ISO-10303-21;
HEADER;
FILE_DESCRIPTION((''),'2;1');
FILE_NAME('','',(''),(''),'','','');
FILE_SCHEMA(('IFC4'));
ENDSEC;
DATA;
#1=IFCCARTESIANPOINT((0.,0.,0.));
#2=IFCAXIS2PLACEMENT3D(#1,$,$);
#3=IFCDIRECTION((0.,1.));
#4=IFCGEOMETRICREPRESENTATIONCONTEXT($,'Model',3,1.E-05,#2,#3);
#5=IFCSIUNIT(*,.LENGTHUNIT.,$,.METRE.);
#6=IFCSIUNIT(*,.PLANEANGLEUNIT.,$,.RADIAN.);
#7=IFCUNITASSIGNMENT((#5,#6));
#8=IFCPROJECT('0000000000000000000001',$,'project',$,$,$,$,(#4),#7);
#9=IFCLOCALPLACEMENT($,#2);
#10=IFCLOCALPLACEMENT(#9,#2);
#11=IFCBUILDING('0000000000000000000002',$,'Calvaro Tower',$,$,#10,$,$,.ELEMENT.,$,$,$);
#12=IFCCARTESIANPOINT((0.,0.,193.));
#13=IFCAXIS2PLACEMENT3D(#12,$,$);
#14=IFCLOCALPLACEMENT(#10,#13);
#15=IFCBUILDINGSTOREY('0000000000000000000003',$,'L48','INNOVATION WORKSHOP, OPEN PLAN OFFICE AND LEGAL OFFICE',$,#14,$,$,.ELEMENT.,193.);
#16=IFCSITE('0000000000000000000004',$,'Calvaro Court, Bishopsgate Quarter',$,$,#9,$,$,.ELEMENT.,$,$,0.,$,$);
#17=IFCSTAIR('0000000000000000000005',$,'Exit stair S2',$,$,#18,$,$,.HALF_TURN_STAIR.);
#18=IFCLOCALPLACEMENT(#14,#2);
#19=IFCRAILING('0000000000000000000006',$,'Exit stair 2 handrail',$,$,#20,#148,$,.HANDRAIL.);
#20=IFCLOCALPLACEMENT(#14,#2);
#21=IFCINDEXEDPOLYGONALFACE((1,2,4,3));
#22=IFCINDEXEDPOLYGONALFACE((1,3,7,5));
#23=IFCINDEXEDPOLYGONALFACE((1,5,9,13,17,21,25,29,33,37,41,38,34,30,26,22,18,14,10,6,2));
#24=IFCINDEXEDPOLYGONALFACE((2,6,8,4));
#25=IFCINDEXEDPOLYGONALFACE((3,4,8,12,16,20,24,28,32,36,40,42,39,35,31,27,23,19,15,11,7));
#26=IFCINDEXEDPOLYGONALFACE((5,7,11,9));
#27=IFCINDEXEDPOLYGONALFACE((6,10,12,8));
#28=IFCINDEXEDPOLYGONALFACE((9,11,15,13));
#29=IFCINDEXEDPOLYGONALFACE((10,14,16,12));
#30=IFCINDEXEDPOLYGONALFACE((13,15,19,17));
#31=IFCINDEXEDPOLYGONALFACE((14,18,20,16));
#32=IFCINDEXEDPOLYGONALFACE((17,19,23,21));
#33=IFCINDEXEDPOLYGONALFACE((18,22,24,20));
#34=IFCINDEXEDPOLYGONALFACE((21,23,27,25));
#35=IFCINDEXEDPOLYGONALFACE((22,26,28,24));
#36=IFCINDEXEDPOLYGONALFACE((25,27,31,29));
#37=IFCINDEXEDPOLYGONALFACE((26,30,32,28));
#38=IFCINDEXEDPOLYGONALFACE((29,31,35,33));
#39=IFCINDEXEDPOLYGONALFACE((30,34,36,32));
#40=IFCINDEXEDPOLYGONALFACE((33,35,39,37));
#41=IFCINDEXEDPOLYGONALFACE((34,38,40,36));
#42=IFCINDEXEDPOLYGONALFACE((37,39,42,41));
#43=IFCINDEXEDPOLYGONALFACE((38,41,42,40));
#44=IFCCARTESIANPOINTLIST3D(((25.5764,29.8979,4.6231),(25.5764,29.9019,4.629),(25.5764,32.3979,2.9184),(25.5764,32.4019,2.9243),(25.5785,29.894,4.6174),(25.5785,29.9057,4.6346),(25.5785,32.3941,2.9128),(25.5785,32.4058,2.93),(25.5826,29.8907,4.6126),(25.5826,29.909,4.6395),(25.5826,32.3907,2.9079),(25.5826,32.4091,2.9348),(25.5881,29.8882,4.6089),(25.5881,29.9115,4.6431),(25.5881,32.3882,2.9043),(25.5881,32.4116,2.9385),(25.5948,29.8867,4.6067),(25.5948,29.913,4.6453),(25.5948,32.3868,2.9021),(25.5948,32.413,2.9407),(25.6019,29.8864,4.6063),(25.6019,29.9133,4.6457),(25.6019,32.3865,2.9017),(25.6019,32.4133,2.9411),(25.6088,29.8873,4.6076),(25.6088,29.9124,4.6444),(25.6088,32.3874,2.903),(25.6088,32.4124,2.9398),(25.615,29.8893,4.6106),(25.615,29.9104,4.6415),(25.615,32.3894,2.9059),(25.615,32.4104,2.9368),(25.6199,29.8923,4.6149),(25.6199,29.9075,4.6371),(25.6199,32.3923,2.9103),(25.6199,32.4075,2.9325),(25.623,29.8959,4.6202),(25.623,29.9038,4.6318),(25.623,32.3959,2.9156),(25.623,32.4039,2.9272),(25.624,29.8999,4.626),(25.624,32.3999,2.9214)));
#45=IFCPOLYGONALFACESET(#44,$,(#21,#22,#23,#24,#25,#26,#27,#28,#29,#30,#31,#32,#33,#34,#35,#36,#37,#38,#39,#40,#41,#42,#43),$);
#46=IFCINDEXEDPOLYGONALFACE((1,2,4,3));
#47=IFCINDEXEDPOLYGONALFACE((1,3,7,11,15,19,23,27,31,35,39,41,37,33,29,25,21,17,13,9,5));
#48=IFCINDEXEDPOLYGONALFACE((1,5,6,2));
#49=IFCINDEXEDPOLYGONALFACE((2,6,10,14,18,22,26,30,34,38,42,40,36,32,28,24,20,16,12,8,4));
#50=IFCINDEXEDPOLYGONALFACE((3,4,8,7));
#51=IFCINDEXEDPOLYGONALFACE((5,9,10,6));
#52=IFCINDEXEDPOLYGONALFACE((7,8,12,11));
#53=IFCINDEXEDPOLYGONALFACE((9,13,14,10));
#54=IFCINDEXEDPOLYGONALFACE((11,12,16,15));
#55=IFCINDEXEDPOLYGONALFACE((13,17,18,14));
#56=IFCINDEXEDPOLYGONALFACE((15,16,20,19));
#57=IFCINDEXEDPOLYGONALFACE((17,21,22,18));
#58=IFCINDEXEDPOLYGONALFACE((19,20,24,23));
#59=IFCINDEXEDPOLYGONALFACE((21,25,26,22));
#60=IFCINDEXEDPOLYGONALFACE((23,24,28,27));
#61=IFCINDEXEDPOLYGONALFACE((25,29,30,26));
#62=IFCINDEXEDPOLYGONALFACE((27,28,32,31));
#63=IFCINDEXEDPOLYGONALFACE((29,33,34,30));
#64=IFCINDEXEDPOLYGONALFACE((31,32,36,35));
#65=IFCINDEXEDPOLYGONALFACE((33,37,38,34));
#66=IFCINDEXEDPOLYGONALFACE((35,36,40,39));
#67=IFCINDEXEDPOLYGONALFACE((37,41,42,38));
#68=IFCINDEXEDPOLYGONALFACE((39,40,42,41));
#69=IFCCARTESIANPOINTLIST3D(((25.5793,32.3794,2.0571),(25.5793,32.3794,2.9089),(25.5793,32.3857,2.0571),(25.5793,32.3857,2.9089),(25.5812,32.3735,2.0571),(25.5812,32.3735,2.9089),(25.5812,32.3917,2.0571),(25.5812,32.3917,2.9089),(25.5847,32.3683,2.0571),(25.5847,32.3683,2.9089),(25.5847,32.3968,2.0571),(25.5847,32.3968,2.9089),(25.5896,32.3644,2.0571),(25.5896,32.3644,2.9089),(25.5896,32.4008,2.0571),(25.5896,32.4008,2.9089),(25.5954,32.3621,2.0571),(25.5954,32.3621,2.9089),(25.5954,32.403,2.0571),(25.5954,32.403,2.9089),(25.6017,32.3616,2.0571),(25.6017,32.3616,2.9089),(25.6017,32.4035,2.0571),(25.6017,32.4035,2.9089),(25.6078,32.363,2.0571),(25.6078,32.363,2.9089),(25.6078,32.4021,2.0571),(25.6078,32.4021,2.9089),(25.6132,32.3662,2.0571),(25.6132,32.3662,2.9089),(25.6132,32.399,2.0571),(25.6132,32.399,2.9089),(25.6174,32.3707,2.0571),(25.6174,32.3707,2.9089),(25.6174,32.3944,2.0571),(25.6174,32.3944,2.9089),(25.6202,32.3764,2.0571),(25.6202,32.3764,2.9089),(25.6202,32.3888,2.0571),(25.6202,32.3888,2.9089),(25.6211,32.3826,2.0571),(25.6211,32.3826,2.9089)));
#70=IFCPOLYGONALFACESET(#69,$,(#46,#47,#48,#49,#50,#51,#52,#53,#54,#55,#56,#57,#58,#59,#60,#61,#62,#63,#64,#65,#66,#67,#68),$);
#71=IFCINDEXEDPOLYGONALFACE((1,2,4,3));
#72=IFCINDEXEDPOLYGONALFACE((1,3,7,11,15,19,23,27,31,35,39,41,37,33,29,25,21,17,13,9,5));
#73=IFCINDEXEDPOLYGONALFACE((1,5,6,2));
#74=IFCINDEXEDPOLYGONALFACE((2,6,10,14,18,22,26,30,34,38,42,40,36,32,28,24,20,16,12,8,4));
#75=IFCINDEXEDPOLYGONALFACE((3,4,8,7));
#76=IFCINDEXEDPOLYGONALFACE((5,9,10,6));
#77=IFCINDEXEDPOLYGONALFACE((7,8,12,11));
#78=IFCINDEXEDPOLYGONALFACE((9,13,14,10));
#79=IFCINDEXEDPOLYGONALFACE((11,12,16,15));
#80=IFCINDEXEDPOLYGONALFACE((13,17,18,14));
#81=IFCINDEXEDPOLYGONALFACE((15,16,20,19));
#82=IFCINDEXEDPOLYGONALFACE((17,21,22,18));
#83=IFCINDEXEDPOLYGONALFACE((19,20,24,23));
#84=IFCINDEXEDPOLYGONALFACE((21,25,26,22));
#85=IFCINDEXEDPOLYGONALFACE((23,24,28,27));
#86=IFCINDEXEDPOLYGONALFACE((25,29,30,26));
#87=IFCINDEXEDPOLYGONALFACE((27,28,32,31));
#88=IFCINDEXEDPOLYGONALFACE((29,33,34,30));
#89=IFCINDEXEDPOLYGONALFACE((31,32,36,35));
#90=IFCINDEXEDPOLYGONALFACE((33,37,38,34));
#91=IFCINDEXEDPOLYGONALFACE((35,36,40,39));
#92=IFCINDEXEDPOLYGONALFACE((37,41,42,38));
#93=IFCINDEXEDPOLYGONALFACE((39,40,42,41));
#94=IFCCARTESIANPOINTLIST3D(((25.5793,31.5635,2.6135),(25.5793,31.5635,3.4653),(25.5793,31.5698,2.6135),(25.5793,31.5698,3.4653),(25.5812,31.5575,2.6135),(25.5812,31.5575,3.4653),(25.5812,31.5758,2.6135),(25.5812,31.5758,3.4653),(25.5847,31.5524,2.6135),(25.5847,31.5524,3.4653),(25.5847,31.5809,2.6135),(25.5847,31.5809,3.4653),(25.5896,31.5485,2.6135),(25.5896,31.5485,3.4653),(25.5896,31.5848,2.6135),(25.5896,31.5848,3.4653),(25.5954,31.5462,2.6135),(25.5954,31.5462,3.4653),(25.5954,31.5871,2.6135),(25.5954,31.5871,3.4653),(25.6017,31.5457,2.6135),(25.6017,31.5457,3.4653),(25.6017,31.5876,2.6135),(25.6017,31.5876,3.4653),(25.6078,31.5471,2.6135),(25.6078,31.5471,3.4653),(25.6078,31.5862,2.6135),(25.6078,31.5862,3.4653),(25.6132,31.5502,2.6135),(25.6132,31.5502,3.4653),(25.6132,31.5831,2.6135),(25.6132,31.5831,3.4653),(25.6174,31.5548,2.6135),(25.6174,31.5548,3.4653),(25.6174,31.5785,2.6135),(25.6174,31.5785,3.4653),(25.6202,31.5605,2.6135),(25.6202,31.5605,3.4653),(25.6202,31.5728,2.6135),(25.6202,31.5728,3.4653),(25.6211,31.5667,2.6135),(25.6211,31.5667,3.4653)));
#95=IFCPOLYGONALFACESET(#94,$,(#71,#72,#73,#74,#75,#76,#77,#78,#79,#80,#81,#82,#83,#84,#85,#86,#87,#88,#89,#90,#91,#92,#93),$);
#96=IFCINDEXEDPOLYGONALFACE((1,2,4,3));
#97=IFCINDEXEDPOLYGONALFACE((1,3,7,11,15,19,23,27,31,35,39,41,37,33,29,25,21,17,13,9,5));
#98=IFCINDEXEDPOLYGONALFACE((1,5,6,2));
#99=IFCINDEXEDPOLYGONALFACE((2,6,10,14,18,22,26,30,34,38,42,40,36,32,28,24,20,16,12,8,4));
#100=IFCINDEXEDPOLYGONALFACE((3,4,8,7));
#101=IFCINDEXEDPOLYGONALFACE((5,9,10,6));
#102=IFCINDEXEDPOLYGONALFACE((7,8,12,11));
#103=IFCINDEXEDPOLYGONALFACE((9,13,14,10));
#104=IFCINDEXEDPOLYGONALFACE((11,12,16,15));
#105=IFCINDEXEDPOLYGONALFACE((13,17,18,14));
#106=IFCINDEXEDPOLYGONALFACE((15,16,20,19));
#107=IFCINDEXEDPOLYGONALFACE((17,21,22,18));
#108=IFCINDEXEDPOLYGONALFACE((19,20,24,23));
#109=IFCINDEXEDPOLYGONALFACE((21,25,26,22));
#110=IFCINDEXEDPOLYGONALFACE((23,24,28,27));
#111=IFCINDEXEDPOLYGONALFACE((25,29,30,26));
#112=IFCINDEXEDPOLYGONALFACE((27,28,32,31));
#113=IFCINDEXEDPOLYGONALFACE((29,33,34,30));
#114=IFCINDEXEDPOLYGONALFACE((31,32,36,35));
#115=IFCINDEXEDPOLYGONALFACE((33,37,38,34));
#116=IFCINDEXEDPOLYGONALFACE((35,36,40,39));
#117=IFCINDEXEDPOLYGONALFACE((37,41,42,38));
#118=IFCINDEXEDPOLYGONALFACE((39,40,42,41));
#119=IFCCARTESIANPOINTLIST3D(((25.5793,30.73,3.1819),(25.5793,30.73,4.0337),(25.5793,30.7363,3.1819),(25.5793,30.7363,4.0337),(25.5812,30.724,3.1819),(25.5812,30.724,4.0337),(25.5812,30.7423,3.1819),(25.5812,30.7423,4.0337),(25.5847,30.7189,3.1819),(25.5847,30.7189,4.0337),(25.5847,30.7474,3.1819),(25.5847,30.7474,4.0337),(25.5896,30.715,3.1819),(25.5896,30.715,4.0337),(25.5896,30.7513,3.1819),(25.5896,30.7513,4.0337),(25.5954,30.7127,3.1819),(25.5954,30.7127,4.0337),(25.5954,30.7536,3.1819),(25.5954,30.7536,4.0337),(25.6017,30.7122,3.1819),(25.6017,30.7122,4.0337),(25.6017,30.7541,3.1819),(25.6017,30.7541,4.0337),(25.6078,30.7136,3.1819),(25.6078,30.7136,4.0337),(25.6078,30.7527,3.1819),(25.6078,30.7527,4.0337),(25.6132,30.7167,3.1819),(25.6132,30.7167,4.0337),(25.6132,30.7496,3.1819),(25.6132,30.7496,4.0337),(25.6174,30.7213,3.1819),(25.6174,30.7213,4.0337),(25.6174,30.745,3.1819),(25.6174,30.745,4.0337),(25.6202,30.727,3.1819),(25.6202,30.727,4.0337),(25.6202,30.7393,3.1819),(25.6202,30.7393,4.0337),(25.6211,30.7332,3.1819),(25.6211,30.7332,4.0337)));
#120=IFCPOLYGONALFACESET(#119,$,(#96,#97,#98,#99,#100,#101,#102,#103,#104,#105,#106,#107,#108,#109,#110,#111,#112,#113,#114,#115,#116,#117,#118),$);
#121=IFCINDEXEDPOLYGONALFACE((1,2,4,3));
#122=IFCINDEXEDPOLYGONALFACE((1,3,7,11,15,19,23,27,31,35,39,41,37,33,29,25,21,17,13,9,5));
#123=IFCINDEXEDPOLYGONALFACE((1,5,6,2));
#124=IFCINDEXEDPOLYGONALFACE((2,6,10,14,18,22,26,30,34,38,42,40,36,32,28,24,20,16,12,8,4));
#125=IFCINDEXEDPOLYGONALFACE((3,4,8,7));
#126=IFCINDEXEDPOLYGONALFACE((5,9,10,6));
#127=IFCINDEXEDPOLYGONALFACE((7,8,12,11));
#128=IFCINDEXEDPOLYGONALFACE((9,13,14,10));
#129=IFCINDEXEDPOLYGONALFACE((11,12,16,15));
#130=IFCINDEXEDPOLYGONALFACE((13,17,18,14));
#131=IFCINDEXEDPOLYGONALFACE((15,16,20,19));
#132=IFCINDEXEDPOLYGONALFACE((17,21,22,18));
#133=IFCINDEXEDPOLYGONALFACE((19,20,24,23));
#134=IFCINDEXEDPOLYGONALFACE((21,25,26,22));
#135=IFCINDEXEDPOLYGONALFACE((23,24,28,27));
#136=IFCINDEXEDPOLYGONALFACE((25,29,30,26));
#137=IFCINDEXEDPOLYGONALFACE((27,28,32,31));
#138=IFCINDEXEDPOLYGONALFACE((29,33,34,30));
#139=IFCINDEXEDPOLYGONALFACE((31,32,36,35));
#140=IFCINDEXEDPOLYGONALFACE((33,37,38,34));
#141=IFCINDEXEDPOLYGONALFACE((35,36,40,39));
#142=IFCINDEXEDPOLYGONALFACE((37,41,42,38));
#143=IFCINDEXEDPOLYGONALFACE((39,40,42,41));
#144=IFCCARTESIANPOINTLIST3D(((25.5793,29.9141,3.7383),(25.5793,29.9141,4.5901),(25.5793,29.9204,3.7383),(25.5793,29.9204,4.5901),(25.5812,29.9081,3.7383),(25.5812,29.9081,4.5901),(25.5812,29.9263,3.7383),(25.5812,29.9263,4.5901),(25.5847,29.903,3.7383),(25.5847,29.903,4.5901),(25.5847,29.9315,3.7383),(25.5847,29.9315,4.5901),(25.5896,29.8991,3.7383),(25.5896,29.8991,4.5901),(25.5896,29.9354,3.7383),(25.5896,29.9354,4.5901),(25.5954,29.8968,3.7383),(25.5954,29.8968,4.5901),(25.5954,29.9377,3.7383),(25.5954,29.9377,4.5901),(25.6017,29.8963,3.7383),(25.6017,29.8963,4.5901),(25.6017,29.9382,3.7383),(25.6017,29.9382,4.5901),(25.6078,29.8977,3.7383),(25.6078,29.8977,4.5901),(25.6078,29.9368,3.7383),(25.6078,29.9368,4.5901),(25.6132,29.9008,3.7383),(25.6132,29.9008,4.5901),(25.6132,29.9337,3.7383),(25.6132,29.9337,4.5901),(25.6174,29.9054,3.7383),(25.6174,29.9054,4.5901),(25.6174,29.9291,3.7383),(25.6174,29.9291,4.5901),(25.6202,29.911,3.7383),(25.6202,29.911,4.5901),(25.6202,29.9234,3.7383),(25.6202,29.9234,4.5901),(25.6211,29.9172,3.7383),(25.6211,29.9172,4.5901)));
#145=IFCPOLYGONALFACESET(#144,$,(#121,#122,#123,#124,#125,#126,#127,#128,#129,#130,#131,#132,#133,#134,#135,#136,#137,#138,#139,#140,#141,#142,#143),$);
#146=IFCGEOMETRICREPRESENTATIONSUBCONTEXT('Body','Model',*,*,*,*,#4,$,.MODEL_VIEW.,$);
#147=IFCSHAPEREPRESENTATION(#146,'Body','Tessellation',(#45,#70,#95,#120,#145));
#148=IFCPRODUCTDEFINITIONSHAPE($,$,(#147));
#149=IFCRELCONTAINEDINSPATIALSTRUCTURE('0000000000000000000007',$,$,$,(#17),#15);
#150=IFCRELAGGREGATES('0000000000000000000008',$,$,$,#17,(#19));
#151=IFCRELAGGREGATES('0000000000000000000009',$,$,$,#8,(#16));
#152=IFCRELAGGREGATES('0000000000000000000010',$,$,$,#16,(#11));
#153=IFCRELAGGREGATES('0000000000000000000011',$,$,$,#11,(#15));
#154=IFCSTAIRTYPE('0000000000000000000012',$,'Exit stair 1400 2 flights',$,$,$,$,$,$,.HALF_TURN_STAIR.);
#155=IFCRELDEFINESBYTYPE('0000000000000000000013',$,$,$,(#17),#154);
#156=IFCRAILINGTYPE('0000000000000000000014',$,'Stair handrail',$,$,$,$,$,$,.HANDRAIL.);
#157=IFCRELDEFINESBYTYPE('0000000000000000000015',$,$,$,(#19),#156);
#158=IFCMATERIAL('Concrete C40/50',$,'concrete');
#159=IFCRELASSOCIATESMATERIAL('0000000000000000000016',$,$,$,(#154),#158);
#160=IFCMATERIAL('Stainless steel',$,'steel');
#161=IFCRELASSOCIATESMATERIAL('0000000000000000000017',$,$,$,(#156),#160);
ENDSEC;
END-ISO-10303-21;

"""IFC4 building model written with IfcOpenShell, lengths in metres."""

from ifc_helpers import new_model, si_unit, direction, frame, origin, origin_2d, place, context, subcontext, project, spatial, circle, extrude, material, type_object, element, aggregate, save


model = new_model("IFC4")

# Units and contexts
model_context = context("Model", 3, precision=1e-05, world=origin(), true_north=direction((0.0, 1.0)))
body_context = subcontext(model_context, "Body", "Model", "MODEL_VIEW")
ifc_project = project(units=[si_unit("LENGTHUNIT", "METRE"), si_unit("PLANEANGLEUNIT", "RADIAN")], contexts=[model_context])

# Site, building, storey
site_placement = place(None, origin())
site = spatial("IfcSite", under=ifc_project, at=site_placement, Name="Calvaro Court, Bishopsgate Quarter", CompositionType="ELEMENT", RefElevation=0.0)
building_placement = place(site_placement, origin())
building = spatial("IfcBuilding", under=site, at=building_placement, Name="Calvaro Tower", CompositionType="ELEMENT")
storey_placement = place(building_placement, frame((0.0, 0.0, 193.0)))
storey = spatial("IfcBuildingStorey", under=building, at=storey_placement, Name="L48", Description="INNOVATION WORKSHOP, OPEN PLAN OFFICE AND LEGAL OFFICE", CompositionType="ELEMENT", Elevation=193.0)

# Stair, railing
ifc_material_1 = material(Name="Concrete C40/50", Category="concrete")
stair_type = type_object("IfcStairType", Name="Exit stair 1400 2 flights", PredefinedType="HALF_TURN_STAIR", material=ifc_material_1)
stair_placement = place(storey_placement, origin())
stair = element("IfcStair", 1, at=stair_placement, inside=storey, type_object=stair_type, Name="Exit stair S2", PredefinedType="HALF_TURN_STAIR")
ifc_material_2 = material(Name="Stainless steel", Category="steel")
railing_type = type_object("IfcRailingType", Name="Stair handrail", PredefinedType="HANDRAIL", material=ifc_material_2)
railing_1_placement = place(storey_placement, frame((25.6001, 32.3999, 2.0454)))
railing_1 = element("IfcRailing", 2, at=railing_1_placement, type_object=railing_type, Name="Exit stair 2 handrail", PredefinedType="HANDRAIL", context=body_context, shape_type="SweptSolid", body=[
    extrude(circle(Radius=0.0239, at=origin_2d()), frame((0.0, 0.0, 0.876), z_axis=(0.0, -0.826221, 0.563347), x_axis=(1.0, 0.0, 0.0)), (0.0, 0.0, 1.0), 3.0259),
    extrude(circle(Radius=0.021, at=origin_2d()), frame((0.0, -0.0173, 0.0117)), (0.0, 0.0, 1.0), 0.8518),
    extrude(circle(Radius=0.021, at=origin_2d()), frame((0.0, -0.8333, 0.5681)), (0.0, 0.0, 1.0), 0.8518),
    extrude(circle(Radius=0.021, at=origin_2d()), frame((0.0, -1.6667, 1.1365)), (0.0, 0.0, 1.0), 0.8518),
    extrude(circle(Radius=0.021, at=origin_2d()), frame((0.0, -2.4827, 1.6929)), (0.0, 0.0, 1.0), 0.8518),
])
aggregate(stair, [railing_1])

save(model, "model.ifc")
